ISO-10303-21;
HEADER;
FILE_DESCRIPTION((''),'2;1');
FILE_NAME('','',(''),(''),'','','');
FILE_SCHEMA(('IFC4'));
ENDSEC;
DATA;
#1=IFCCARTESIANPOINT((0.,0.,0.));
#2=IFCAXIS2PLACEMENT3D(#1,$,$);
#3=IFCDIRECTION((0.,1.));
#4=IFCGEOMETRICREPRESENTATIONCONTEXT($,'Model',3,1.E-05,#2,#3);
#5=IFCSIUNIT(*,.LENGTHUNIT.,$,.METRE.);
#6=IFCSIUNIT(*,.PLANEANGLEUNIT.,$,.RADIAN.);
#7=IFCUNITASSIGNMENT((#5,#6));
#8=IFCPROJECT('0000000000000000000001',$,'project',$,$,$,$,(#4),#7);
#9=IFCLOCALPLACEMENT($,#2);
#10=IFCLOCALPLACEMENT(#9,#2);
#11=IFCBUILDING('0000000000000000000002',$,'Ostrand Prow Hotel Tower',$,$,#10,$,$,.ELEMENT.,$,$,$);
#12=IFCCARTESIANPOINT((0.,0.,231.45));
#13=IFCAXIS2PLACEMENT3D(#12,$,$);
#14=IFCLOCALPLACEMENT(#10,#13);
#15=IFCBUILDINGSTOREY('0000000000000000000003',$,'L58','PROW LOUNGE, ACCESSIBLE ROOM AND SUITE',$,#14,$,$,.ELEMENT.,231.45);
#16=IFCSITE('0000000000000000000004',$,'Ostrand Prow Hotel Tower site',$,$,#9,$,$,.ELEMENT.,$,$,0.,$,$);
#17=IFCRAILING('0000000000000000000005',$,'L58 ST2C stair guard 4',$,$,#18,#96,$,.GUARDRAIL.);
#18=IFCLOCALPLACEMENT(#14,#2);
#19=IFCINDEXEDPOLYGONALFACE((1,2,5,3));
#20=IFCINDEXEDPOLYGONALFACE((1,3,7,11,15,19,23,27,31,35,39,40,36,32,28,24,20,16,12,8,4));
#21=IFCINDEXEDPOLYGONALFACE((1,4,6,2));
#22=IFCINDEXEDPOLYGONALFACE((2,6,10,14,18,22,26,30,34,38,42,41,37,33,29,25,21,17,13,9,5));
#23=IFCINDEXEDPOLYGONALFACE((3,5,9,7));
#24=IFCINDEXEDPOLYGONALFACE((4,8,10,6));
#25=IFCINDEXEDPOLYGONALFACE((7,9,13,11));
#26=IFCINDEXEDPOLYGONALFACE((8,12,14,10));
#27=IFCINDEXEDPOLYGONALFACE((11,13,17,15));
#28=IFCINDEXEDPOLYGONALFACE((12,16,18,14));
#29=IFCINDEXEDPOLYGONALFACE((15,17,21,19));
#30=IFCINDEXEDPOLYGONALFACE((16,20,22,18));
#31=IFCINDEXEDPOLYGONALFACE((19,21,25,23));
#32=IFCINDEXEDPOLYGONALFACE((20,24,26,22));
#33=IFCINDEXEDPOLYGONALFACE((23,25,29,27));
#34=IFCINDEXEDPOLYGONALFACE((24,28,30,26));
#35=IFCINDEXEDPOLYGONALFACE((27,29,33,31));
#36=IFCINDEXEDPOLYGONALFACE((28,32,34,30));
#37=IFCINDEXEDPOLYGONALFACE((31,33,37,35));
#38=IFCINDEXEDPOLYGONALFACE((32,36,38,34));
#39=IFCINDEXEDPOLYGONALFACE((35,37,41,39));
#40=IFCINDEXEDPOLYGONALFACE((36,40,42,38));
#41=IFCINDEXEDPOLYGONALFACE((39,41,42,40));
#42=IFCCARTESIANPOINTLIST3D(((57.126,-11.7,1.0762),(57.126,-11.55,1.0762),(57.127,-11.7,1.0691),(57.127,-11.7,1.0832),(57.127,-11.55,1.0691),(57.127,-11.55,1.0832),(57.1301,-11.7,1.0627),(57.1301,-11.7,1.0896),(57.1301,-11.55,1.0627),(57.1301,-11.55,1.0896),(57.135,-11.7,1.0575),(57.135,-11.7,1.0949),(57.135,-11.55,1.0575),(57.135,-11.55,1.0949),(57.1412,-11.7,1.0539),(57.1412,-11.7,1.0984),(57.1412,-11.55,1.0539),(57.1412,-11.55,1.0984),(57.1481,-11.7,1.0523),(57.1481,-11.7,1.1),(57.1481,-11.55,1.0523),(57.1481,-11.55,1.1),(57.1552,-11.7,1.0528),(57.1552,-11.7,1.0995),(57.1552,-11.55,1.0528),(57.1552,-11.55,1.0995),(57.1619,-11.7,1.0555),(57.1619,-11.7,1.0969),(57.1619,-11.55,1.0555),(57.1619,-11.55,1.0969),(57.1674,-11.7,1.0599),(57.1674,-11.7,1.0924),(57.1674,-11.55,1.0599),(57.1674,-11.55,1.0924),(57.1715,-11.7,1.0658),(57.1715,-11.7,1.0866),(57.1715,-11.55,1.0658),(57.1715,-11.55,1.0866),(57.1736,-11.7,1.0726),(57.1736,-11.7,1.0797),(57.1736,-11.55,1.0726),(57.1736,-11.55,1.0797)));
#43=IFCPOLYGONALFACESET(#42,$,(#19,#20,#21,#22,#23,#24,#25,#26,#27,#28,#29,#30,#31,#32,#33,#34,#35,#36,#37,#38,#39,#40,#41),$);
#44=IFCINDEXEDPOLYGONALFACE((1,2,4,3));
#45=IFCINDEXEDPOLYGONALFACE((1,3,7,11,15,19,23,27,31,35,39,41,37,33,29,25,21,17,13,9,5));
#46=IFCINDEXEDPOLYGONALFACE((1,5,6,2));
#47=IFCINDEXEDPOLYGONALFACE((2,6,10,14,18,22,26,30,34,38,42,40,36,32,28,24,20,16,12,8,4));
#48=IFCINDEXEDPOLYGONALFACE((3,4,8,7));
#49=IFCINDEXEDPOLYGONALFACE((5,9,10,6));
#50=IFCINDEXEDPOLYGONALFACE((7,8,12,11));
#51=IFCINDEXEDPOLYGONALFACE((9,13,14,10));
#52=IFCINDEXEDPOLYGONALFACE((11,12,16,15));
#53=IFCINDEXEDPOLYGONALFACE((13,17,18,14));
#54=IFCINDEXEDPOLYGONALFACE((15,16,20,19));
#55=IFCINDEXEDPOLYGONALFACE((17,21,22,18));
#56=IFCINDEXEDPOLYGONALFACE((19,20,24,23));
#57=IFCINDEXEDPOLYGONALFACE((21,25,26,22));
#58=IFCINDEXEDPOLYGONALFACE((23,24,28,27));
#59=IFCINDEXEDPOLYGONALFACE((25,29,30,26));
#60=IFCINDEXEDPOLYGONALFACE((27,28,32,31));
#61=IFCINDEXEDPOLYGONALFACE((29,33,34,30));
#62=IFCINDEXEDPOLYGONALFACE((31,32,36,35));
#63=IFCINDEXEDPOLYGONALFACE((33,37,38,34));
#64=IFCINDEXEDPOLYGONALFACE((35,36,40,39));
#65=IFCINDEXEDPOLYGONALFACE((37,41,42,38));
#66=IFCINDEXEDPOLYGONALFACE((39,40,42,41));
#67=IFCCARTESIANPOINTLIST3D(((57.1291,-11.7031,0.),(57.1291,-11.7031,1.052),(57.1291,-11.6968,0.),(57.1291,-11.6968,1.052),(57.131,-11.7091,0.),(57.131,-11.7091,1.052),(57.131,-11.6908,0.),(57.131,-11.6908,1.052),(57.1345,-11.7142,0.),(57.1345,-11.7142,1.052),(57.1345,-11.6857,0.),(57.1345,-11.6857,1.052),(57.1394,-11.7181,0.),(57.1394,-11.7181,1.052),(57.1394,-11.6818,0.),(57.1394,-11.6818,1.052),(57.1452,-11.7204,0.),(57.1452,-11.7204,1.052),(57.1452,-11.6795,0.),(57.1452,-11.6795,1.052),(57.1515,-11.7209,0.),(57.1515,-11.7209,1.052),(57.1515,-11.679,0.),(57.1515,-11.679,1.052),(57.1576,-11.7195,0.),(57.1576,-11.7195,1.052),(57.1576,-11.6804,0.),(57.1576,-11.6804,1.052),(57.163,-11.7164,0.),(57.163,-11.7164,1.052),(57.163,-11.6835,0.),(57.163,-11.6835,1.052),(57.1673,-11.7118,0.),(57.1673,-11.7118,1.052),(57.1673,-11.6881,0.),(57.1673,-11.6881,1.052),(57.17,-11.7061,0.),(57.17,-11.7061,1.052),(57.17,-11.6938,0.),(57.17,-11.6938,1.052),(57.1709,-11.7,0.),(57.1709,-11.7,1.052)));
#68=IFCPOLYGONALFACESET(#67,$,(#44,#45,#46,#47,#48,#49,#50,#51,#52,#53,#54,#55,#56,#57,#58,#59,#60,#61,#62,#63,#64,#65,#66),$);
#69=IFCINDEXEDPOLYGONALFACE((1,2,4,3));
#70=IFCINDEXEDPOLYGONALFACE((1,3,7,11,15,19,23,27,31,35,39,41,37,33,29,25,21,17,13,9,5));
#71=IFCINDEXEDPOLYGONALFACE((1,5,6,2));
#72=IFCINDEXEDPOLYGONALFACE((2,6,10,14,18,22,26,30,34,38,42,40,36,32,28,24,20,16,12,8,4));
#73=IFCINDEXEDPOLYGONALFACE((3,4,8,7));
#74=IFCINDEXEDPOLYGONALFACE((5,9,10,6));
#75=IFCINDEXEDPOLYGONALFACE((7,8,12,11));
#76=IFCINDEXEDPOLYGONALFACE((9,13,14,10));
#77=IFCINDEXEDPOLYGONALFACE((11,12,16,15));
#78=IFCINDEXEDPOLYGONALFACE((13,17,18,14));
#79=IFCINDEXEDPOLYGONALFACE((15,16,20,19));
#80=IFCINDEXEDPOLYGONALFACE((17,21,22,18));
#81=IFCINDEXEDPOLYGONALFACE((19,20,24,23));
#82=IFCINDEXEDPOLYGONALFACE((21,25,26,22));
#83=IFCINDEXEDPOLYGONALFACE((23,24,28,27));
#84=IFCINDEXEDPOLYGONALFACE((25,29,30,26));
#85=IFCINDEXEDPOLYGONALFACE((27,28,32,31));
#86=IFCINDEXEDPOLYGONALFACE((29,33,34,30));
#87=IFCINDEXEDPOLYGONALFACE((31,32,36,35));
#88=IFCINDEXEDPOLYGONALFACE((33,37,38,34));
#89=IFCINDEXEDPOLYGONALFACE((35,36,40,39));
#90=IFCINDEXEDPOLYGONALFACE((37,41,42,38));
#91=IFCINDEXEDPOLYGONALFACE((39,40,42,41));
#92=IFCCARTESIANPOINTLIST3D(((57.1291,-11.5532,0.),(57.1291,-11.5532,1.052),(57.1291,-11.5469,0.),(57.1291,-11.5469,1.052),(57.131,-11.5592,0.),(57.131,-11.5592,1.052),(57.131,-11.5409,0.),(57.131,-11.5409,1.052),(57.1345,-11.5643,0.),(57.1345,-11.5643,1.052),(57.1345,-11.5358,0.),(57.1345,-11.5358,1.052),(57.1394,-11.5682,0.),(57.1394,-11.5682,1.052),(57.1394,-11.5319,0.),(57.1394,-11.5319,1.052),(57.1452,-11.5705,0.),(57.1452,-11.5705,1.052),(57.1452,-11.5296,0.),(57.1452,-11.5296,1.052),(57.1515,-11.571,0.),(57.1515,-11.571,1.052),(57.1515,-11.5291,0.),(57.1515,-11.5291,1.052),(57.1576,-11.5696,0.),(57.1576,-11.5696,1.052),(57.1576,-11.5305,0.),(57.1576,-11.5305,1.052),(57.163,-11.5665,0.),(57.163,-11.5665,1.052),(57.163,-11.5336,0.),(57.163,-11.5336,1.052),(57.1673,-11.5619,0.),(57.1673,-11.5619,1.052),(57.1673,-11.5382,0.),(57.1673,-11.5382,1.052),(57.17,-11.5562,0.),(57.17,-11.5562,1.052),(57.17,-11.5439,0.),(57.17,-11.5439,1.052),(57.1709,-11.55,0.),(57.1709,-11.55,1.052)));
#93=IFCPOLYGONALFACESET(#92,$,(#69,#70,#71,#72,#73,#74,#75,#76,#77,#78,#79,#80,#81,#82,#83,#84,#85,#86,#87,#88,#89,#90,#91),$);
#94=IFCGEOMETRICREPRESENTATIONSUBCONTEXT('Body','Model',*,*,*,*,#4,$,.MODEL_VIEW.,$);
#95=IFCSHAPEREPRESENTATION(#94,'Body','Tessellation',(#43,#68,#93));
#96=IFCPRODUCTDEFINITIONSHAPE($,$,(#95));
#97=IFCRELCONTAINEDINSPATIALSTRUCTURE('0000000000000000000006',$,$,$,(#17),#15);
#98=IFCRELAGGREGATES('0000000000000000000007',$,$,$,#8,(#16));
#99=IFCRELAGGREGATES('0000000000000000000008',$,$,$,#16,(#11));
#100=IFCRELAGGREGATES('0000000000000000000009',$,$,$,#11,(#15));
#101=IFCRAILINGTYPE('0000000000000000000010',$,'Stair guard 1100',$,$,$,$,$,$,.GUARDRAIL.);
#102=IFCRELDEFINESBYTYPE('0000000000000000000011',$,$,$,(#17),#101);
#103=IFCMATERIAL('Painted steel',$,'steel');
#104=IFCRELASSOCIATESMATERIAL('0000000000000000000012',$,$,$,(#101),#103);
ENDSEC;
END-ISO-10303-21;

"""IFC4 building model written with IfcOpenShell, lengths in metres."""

from ifc_helpers import new_model, si_unit, direction, frame, origin, origin_2d, place, context, subcontext, project, spatial, circle, extrude, material, type_object, element, save


model = new_model("IFC4")

# Units and contexts
model_context = context("Model", 3, precision=1e-05, world=origin(), true_north=direction((0.0, 1.0)))
body_context = subcontext(model_context, "Body", "Model", "MODEL_VIEW")
ifc_project = project(units=[si_unit("LENGTHUNIT", "METRE"), si_unit("PLANEANGLEUNIT", "RADIAN")], contexts=[model_context])

# Site, building, storey
site_placement = place(None, origin())
site = spatial("IfcSite", under=ifc_project, at=site_placement, Name="Ostrand Prow Hotel Tower site", CompositionType="ELEMENT", RefElevation=0.0)
building_placement = place(site_placement, origin())
building = spatial("IfcBuilding", under=site, at=building_placement, Name="Ostrand Prow Hotel Tower", CompositionType="ELEMENT")
storey_placement = place(building_placement, frame((0.0, 0.0, 231.45)))
storey = spatial("IfcBuildingStorey", under=building, at=storey_placement, Name="L58", Description="PROW LOUNGE, ACCESSIBLE ROOM AND SUITE", CompositionType="ELEMENT", Elevation=231.45)

# Railing
ifc_material_1 = material(Name="Painted steel", Category="steel")
railing_type_1 = type_object("IfcRailingType", Name="Stair guard 1100", PredefinedType="GUARDRAIL", material=ifc_material_1)
railing_1_placement = place(storey_placement, frame((57.1499, -11.7, 0.0)))
element("IfcRailing", 1, at=railing_1_placement, inside=storey, type_object=railing_type_1, Name="L58 ST2C stair guard 4", PredefinedType="GUARDRAIL", context=body_context, shape_type="SweptSolid", body=[
    extrude(circle(Radius=0.0239, at=origin_2d()), frame((0.0, 0.0, 1.0762), z_axis=(0.0, 1.0, 0.0), x_axis=(-1.0, 0.0, 0.0)), (0.0, 0.0, 1.0), 0.1499),
    extrude(circle(Radius=0.021, at=origin_2d()), origin(), (0.0, 0.0, 1.0), 1.052),
    extrude(circle(Radius=0.021, at=origin_2d()), frame((0.0, 0.1499, 0.0)), (0.0, 0.0, 1.0), 1.052),
])

save(model, "model.ifc")
